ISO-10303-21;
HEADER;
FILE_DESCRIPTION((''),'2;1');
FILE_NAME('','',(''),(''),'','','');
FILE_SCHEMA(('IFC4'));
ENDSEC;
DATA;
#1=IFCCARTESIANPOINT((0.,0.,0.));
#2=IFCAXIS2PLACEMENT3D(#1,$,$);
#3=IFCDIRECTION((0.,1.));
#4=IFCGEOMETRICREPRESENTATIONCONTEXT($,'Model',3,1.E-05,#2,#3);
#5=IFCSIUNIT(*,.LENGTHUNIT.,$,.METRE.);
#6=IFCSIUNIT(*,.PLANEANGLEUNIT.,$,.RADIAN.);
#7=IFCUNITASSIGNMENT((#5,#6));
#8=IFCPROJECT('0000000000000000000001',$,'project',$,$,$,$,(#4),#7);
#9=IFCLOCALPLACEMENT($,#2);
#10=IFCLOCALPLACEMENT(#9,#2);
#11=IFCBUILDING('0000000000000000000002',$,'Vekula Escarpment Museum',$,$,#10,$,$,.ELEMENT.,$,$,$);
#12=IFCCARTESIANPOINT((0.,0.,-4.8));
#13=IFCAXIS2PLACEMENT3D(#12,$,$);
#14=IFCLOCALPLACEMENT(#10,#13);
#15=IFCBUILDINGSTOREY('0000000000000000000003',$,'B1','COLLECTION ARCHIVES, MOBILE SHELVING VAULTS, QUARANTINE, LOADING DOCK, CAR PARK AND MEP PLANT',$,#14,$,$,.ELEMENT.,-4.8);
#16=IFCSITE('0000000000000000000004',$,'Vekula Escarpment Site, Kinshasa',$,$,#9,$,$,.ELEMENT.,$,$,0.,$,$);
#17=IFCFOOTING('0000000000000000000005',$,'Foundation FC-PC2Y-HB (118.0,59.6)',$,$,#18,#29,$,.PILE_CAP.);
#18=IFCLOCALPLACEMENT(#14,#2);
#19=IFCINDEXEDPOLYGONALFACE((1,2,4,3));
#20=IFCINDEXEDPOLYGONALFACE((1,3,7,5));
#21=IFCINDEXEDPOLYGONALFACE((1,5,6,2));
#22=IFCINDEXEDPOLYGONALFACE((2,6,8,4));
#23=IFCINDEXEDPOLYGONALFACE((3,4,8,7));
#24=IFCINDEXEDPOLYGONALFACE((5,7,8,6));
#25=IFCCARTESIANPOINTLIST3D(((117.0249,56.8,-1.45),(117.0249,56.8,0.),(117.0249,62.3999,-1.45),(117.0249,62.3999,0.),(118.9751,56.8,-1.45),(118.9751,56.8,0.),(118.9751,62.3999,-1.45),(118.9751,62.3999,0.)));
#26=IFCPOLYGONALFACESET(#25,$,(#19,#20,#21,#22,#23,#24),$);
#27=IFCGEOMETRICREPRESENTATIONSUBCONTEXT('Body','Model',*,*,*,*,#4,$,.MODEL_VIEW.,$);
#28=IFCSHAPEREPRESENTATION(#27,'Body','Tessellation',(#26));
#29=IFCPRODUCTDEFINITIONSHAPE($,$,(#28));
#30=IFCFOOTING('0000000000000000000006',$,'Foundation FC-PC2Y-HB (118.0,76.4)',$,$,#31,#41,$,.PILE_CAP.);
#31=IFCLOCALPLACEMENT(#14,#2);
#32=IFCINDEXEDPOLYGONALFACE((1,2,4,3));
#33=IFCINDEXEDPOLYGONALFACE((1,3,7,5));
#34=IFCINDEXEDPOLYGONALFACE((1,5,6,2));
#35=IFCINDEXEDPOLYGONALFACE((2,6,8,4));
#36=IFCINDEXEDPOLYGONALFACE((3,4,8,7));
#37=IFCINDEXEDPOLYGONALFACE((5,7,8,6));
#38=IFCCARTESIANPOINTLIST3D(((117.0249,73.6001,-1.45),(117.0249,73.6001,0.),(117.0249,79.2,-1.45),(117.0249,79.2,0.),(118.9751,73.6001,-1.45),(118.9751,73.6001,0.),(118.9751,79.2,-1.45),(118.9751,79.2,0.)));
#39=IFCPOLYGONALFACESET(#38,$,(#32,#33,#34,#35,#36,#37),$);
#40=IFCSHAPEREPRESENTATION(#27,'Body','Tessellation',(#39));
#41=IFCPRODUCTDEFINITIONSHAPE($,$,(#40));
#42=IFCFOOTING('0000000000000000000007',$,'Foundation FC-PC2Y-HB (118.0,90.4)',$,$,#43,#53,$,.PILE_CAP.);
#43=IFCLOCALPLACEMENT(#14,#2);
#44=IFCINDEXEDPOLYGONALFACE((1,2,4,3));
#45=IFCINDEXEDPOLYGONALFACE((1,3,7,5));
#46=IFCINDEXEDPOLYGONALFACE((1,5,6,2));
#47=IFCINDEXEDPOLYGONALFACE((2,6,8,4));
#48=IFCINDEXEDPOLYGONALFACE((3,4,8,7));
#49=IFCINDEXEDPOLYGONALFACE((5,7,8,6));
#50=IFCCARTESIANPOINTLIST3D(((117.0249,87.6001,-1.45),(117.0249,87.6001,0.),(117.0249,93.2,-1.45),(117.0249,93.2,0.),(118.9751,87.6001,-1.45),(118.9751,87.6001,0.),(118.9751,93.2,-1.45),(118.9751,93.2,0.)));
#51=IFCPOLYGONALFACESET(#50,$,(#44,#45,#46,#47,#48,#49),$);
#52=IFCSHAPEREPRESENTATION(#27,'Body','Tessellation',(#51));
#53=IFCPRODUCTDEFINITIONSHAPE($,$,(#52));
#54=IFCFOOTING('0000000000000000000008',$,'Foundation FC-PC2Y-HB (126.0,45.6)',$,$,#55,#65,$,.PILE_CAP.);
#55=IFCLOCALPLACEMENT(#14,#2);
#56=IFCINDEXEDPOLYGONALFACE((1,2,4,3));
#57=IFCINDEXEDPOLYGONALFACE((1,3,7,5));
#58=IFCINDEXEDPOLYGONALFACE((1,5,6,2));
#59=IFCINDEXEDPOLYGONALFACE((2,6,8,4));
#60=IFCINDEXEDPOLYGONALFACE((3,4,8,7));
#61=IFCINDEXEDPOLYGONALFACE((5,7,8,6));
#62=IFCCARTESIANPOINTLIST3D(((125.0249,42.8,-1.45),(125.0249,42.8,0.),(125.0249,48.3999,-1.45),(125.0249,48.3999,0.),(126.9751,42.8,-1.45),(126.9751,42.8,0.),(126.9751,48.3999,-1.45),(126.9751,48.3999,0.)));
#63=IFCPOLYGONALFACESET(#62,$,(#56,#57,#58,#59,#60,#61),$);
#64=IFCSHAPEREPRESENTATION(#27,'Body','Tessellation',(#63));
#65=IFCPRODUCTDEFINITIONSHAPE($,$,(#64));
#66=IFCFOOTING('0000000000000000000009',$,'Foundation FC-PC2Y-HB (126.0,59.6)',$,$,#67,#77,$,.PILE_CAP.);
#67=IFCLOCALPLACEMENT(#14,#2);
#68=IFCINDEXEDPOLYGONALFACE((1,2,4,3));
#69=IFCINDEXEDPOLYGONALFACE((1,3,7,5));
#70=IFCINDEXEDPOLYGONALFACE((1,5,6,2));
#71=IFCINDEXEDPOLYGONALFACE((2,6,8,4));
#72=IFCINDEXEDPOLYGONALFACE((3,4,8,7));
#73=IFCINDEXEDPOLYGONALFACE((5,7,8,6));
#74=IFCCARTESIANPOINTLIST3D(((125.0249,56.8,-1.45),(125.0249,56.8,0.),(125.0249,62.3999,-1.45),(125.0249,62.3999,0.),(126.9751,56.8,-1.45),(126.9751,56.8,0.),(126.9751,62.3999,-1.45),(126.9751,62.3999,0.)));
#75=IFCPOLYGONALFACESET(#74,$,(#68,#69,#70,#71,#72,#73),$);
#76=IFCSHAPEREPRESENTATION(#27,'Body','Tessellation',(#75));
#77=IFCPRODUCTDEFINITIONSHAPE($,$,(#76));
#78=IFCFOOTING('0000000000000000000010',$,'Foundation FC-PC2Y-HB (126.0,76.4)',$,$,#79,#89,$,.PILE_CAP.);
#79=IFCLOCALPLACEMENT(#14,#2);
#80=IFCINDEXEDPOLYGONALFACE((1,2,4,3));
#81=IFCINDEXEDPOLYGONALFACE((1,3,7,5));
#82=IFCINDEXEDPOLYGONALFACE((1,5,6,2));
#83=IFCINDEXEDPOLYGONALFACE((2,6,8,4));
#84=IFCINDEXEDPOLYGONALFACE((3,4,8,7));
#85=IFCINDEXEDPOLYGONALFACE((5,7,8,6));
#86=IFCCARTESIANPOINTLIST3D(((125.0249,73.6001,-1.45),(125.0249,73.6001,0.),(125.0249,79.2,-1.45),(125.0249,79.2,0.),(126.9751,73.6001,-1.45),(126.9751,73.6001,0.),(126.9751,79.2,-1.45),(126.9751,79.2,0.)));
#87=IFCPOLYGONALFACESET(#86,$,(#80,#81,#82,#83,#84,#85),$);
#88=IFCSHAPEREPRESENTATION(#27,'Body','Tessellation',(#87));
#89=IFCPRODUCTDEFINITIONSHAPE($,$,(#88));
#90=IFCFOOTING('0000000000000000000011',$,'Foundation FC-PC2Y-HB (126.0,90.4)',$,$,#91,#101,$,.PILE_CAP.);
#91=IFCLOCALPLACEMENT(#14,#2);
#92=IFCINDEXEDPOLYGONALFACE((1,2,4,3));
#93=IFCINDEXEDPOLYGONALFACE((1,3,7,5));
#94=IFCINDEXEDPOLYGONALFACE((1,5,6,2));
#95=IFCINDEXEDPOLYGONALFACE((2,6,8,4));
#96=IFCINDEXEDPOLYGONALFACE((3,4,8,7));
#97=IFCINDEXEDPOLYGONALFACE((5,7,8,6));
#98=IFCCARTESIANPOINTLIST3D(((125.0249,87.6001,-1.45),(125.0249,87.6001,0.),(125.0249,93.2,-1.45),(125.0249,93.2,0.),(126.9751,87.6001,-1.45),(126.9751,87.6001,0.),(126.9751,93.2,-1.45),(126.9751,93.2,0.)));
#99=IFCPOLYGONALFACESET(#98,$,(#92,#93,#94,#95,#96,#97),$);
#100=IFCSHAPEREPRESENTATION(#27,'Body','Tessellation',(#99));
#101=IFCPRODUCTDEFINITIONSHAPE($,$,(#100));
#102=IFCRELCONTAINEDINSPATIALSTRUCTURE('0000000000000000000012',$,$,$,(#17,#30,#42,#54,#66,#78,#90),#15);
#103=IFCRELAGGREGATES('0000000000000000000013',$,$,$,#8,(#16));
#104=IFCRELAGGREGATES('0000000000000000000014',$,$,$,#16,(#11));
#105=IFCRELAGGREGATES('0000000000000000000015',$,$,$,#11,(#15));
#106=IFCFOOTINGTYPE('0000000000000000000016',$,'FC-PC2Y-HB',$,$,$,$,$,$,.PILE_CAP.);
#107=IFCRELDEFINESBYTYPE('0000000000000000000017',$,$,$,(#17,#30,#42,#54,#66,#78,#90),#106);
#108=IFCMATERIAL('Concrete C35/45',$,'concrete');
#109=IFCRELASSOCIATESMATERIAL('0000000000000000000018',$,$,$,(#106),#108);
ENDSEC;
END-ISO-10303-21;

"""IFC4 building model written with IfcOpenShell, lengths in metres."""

from ifc_helpers import new_model, si_unit, direction, frame, origin, place, context, subcontext, project, spatial, polyline, outline, extrude, material, type_object, element, save


model = new_model("IFC4")

# Units and contexts
model_context = context("Model", 3, precision=1e-05, world=origin(), true_north=direction((0.0, 1.0)))
body_context = subcontext(model_context, "Body", "Model", "MODEL_VIEW")
ifc_project = project(units=[si_unit("LENGTHUNIT", "METRE"), si_unit("PLANEANGLEUNIT", "RADIAN")], contexts=[model_context])

# Site, building, storey
site_placement = place(None, origin())
site = spatial("IfcSite", under=ifc_project, at=site_placement, Name="Vekula Escarpment Site, Kinshasa", CompositionType="ELEMENT", RefElevation=0.0)
building_placement = place(site_placement, origin())
building = spatial("IfcBuilding", under=site, at=building_placement, Name="Vekula Escarpment Museum", CompositionType="ELEMENT")
storey_placement = place(building_placement, frame((0.0, 0.0, -4.8)))
storey = spatial("IfcBuildingStorey", under=building, at=storey_placement, Name="B1", Description="COLLECTION ARCHIVES, MOBILE SHELVING VAULTS, QUARANTINE, LOADING DOCK, CAR PARK AND MEP PLANT", CompositionType="ELEMENT", Elevation=-4.8)

# Footings
ifc_material_1 = material(Name="Concrete C35/45", Category="concrete")
footing_type_1 = type_object("IfcFootingType", Name="FC-PC2Y-HB", PredefinedType="PILE_CAP", material=ifc_material_1)
footing_1_placement = place(storey_placement, frame((0.0, 0.0, -1.45)))
element("IfcFooting", 1, at=footing_1_placement, inside=storey, type_object=footing_type_1, Name="Foundation FC-PC2Y-HB (118.0,59.6)", PredefinedType="PILE_CAP", context=body_context, shape_type="SweptSolid", body=[
    extrude(outline(polyline([(117.0249, 56.8), (118.9751, 56.8), (118.9751, 62.3999), (117.0249, 62.3999), (117.0249, 56.8)])), origin(), (0.0, 0.0, 1.0), 1.45),
])
footing_2_placement = place(storey_placement, frame((0.0, 0.0, -1.45)))
element("IfcFooting", 2, at=footing_2_placement, inside=storey, type_object=footing_type_1, Name="Foundation FC-PC2Y-HB (118.0,76.4)", PredefinedType="PILE_CAP", context=body_context, shape_type="SweptSolid", body=[
    extrude(outline(polyline([(117.0249, 73.6001), (118.9751, 73.6001), (118.9751, 79.2), (117.0249, 79.2), (117.0249, 73.6001)])), origin(), (0.0, 0.0, 1.0), 1.45),
])
footing_3_placement = place(storey_placement, frame((0.0, 0.0, -1.45)))
element("IfcFooting", 3, at=footing_3_placement, inside=storey, type_object=footing_type_1, Name="Foundation FC-PC2Y-HB (118.0,90.4)", PredefinedType="PILE_CAP", context=body_context, shape_type="SweptSolid", body=[
    extrude(outline(polyline([(117.0249, 87.6001), (118.9751, 87.6001), (118.9751, 93.2), (117.0249, 93.2), (117.0249, 87.6001)])), origin(), (0.0, 0.0, 1.0), 1.45),
])
footing_4_placement = place(storey_placement, frame((0.0, 0.0, -1.45)))
element("IfcFooting", 4, at=footing_4_placement, inside=storey, type_object=footing_type_1, Name="Foundation FC-PC2Y-HB (126.0,45.6)", PredefinedType="PILE_CAP", context=body_context, shape_type="SweptSolid", body=[
    extrude(outline(polyline([(125.0249, 42.8), (126.9751, 42.8), (126.9751, 48.3999), (125.0249, 48.3999), (125.0249, 42.8)])), origin(), (0.0, 0.0, 1.0), 1.45),
])
footing_5_placement = place(storey_placement, frame((0.0, 0.0, -1.45)))
element("IfcFooting", 5, at=footing_5_placement, inside=storey, type_object=footing_type_1, Name="Foundation FC-PC2Y-HB (126.0,59.6)", PredefinedType="PILE_CAP", context=body_context, shape_type="SweptSolid", body=[
    extrude(outline(polyline([(125.0249, 56.8), (126.9751, 56.8), (126.9751, 62.3999), (125.0249, 62.3999), (125.0249, 56.8)])), origin(), (0.0, 0.0, 1.0), 1.45),
])
footing_6_placement = place(storey_placement, frame((0.0, 0.0, -1.45)))
element("IfcFooting", 6, at=footing_6_placement, inside=storey, type_object=footing_type_1, Name="Foundation FC-PC2Y-HB (126.0,76.4)", PredefinedType="PILE_CAP", context=body_context, shape_type="SweptSolid", body=[
    extrude(outline(polyline([(125.0249, 73.6001), (126.9751, 73.6001), (126.9751, 79.2), (125.0249, 79.2), (125.0249, 73.6001)])), origin(), (0.0, 0.0, 1.0), 1.45),
])
footing_7_placement = place(storey_placement, frame((0.0, 0.0, -1.45)))
element("IfcFooting", 7, at=footing_7_placement, inside=storey, type_object=footing_type_1, Name="Foundation FC-PC2Y-HB (126.0,90.4)", PredefinedType="PILE_CAP", context=body_context, shape_type="SweptSolid", body=[
    extrude(outline(polyline([(125.0249, 87.6001), (126.9751, 87.6001), (126.9751, 93.2), (125.0249, 93.2), (125.0249, 87.6001)])), origin(), (0.0, 0.0, 1.0), 1.45),
])

save(model, "model.ifc")
